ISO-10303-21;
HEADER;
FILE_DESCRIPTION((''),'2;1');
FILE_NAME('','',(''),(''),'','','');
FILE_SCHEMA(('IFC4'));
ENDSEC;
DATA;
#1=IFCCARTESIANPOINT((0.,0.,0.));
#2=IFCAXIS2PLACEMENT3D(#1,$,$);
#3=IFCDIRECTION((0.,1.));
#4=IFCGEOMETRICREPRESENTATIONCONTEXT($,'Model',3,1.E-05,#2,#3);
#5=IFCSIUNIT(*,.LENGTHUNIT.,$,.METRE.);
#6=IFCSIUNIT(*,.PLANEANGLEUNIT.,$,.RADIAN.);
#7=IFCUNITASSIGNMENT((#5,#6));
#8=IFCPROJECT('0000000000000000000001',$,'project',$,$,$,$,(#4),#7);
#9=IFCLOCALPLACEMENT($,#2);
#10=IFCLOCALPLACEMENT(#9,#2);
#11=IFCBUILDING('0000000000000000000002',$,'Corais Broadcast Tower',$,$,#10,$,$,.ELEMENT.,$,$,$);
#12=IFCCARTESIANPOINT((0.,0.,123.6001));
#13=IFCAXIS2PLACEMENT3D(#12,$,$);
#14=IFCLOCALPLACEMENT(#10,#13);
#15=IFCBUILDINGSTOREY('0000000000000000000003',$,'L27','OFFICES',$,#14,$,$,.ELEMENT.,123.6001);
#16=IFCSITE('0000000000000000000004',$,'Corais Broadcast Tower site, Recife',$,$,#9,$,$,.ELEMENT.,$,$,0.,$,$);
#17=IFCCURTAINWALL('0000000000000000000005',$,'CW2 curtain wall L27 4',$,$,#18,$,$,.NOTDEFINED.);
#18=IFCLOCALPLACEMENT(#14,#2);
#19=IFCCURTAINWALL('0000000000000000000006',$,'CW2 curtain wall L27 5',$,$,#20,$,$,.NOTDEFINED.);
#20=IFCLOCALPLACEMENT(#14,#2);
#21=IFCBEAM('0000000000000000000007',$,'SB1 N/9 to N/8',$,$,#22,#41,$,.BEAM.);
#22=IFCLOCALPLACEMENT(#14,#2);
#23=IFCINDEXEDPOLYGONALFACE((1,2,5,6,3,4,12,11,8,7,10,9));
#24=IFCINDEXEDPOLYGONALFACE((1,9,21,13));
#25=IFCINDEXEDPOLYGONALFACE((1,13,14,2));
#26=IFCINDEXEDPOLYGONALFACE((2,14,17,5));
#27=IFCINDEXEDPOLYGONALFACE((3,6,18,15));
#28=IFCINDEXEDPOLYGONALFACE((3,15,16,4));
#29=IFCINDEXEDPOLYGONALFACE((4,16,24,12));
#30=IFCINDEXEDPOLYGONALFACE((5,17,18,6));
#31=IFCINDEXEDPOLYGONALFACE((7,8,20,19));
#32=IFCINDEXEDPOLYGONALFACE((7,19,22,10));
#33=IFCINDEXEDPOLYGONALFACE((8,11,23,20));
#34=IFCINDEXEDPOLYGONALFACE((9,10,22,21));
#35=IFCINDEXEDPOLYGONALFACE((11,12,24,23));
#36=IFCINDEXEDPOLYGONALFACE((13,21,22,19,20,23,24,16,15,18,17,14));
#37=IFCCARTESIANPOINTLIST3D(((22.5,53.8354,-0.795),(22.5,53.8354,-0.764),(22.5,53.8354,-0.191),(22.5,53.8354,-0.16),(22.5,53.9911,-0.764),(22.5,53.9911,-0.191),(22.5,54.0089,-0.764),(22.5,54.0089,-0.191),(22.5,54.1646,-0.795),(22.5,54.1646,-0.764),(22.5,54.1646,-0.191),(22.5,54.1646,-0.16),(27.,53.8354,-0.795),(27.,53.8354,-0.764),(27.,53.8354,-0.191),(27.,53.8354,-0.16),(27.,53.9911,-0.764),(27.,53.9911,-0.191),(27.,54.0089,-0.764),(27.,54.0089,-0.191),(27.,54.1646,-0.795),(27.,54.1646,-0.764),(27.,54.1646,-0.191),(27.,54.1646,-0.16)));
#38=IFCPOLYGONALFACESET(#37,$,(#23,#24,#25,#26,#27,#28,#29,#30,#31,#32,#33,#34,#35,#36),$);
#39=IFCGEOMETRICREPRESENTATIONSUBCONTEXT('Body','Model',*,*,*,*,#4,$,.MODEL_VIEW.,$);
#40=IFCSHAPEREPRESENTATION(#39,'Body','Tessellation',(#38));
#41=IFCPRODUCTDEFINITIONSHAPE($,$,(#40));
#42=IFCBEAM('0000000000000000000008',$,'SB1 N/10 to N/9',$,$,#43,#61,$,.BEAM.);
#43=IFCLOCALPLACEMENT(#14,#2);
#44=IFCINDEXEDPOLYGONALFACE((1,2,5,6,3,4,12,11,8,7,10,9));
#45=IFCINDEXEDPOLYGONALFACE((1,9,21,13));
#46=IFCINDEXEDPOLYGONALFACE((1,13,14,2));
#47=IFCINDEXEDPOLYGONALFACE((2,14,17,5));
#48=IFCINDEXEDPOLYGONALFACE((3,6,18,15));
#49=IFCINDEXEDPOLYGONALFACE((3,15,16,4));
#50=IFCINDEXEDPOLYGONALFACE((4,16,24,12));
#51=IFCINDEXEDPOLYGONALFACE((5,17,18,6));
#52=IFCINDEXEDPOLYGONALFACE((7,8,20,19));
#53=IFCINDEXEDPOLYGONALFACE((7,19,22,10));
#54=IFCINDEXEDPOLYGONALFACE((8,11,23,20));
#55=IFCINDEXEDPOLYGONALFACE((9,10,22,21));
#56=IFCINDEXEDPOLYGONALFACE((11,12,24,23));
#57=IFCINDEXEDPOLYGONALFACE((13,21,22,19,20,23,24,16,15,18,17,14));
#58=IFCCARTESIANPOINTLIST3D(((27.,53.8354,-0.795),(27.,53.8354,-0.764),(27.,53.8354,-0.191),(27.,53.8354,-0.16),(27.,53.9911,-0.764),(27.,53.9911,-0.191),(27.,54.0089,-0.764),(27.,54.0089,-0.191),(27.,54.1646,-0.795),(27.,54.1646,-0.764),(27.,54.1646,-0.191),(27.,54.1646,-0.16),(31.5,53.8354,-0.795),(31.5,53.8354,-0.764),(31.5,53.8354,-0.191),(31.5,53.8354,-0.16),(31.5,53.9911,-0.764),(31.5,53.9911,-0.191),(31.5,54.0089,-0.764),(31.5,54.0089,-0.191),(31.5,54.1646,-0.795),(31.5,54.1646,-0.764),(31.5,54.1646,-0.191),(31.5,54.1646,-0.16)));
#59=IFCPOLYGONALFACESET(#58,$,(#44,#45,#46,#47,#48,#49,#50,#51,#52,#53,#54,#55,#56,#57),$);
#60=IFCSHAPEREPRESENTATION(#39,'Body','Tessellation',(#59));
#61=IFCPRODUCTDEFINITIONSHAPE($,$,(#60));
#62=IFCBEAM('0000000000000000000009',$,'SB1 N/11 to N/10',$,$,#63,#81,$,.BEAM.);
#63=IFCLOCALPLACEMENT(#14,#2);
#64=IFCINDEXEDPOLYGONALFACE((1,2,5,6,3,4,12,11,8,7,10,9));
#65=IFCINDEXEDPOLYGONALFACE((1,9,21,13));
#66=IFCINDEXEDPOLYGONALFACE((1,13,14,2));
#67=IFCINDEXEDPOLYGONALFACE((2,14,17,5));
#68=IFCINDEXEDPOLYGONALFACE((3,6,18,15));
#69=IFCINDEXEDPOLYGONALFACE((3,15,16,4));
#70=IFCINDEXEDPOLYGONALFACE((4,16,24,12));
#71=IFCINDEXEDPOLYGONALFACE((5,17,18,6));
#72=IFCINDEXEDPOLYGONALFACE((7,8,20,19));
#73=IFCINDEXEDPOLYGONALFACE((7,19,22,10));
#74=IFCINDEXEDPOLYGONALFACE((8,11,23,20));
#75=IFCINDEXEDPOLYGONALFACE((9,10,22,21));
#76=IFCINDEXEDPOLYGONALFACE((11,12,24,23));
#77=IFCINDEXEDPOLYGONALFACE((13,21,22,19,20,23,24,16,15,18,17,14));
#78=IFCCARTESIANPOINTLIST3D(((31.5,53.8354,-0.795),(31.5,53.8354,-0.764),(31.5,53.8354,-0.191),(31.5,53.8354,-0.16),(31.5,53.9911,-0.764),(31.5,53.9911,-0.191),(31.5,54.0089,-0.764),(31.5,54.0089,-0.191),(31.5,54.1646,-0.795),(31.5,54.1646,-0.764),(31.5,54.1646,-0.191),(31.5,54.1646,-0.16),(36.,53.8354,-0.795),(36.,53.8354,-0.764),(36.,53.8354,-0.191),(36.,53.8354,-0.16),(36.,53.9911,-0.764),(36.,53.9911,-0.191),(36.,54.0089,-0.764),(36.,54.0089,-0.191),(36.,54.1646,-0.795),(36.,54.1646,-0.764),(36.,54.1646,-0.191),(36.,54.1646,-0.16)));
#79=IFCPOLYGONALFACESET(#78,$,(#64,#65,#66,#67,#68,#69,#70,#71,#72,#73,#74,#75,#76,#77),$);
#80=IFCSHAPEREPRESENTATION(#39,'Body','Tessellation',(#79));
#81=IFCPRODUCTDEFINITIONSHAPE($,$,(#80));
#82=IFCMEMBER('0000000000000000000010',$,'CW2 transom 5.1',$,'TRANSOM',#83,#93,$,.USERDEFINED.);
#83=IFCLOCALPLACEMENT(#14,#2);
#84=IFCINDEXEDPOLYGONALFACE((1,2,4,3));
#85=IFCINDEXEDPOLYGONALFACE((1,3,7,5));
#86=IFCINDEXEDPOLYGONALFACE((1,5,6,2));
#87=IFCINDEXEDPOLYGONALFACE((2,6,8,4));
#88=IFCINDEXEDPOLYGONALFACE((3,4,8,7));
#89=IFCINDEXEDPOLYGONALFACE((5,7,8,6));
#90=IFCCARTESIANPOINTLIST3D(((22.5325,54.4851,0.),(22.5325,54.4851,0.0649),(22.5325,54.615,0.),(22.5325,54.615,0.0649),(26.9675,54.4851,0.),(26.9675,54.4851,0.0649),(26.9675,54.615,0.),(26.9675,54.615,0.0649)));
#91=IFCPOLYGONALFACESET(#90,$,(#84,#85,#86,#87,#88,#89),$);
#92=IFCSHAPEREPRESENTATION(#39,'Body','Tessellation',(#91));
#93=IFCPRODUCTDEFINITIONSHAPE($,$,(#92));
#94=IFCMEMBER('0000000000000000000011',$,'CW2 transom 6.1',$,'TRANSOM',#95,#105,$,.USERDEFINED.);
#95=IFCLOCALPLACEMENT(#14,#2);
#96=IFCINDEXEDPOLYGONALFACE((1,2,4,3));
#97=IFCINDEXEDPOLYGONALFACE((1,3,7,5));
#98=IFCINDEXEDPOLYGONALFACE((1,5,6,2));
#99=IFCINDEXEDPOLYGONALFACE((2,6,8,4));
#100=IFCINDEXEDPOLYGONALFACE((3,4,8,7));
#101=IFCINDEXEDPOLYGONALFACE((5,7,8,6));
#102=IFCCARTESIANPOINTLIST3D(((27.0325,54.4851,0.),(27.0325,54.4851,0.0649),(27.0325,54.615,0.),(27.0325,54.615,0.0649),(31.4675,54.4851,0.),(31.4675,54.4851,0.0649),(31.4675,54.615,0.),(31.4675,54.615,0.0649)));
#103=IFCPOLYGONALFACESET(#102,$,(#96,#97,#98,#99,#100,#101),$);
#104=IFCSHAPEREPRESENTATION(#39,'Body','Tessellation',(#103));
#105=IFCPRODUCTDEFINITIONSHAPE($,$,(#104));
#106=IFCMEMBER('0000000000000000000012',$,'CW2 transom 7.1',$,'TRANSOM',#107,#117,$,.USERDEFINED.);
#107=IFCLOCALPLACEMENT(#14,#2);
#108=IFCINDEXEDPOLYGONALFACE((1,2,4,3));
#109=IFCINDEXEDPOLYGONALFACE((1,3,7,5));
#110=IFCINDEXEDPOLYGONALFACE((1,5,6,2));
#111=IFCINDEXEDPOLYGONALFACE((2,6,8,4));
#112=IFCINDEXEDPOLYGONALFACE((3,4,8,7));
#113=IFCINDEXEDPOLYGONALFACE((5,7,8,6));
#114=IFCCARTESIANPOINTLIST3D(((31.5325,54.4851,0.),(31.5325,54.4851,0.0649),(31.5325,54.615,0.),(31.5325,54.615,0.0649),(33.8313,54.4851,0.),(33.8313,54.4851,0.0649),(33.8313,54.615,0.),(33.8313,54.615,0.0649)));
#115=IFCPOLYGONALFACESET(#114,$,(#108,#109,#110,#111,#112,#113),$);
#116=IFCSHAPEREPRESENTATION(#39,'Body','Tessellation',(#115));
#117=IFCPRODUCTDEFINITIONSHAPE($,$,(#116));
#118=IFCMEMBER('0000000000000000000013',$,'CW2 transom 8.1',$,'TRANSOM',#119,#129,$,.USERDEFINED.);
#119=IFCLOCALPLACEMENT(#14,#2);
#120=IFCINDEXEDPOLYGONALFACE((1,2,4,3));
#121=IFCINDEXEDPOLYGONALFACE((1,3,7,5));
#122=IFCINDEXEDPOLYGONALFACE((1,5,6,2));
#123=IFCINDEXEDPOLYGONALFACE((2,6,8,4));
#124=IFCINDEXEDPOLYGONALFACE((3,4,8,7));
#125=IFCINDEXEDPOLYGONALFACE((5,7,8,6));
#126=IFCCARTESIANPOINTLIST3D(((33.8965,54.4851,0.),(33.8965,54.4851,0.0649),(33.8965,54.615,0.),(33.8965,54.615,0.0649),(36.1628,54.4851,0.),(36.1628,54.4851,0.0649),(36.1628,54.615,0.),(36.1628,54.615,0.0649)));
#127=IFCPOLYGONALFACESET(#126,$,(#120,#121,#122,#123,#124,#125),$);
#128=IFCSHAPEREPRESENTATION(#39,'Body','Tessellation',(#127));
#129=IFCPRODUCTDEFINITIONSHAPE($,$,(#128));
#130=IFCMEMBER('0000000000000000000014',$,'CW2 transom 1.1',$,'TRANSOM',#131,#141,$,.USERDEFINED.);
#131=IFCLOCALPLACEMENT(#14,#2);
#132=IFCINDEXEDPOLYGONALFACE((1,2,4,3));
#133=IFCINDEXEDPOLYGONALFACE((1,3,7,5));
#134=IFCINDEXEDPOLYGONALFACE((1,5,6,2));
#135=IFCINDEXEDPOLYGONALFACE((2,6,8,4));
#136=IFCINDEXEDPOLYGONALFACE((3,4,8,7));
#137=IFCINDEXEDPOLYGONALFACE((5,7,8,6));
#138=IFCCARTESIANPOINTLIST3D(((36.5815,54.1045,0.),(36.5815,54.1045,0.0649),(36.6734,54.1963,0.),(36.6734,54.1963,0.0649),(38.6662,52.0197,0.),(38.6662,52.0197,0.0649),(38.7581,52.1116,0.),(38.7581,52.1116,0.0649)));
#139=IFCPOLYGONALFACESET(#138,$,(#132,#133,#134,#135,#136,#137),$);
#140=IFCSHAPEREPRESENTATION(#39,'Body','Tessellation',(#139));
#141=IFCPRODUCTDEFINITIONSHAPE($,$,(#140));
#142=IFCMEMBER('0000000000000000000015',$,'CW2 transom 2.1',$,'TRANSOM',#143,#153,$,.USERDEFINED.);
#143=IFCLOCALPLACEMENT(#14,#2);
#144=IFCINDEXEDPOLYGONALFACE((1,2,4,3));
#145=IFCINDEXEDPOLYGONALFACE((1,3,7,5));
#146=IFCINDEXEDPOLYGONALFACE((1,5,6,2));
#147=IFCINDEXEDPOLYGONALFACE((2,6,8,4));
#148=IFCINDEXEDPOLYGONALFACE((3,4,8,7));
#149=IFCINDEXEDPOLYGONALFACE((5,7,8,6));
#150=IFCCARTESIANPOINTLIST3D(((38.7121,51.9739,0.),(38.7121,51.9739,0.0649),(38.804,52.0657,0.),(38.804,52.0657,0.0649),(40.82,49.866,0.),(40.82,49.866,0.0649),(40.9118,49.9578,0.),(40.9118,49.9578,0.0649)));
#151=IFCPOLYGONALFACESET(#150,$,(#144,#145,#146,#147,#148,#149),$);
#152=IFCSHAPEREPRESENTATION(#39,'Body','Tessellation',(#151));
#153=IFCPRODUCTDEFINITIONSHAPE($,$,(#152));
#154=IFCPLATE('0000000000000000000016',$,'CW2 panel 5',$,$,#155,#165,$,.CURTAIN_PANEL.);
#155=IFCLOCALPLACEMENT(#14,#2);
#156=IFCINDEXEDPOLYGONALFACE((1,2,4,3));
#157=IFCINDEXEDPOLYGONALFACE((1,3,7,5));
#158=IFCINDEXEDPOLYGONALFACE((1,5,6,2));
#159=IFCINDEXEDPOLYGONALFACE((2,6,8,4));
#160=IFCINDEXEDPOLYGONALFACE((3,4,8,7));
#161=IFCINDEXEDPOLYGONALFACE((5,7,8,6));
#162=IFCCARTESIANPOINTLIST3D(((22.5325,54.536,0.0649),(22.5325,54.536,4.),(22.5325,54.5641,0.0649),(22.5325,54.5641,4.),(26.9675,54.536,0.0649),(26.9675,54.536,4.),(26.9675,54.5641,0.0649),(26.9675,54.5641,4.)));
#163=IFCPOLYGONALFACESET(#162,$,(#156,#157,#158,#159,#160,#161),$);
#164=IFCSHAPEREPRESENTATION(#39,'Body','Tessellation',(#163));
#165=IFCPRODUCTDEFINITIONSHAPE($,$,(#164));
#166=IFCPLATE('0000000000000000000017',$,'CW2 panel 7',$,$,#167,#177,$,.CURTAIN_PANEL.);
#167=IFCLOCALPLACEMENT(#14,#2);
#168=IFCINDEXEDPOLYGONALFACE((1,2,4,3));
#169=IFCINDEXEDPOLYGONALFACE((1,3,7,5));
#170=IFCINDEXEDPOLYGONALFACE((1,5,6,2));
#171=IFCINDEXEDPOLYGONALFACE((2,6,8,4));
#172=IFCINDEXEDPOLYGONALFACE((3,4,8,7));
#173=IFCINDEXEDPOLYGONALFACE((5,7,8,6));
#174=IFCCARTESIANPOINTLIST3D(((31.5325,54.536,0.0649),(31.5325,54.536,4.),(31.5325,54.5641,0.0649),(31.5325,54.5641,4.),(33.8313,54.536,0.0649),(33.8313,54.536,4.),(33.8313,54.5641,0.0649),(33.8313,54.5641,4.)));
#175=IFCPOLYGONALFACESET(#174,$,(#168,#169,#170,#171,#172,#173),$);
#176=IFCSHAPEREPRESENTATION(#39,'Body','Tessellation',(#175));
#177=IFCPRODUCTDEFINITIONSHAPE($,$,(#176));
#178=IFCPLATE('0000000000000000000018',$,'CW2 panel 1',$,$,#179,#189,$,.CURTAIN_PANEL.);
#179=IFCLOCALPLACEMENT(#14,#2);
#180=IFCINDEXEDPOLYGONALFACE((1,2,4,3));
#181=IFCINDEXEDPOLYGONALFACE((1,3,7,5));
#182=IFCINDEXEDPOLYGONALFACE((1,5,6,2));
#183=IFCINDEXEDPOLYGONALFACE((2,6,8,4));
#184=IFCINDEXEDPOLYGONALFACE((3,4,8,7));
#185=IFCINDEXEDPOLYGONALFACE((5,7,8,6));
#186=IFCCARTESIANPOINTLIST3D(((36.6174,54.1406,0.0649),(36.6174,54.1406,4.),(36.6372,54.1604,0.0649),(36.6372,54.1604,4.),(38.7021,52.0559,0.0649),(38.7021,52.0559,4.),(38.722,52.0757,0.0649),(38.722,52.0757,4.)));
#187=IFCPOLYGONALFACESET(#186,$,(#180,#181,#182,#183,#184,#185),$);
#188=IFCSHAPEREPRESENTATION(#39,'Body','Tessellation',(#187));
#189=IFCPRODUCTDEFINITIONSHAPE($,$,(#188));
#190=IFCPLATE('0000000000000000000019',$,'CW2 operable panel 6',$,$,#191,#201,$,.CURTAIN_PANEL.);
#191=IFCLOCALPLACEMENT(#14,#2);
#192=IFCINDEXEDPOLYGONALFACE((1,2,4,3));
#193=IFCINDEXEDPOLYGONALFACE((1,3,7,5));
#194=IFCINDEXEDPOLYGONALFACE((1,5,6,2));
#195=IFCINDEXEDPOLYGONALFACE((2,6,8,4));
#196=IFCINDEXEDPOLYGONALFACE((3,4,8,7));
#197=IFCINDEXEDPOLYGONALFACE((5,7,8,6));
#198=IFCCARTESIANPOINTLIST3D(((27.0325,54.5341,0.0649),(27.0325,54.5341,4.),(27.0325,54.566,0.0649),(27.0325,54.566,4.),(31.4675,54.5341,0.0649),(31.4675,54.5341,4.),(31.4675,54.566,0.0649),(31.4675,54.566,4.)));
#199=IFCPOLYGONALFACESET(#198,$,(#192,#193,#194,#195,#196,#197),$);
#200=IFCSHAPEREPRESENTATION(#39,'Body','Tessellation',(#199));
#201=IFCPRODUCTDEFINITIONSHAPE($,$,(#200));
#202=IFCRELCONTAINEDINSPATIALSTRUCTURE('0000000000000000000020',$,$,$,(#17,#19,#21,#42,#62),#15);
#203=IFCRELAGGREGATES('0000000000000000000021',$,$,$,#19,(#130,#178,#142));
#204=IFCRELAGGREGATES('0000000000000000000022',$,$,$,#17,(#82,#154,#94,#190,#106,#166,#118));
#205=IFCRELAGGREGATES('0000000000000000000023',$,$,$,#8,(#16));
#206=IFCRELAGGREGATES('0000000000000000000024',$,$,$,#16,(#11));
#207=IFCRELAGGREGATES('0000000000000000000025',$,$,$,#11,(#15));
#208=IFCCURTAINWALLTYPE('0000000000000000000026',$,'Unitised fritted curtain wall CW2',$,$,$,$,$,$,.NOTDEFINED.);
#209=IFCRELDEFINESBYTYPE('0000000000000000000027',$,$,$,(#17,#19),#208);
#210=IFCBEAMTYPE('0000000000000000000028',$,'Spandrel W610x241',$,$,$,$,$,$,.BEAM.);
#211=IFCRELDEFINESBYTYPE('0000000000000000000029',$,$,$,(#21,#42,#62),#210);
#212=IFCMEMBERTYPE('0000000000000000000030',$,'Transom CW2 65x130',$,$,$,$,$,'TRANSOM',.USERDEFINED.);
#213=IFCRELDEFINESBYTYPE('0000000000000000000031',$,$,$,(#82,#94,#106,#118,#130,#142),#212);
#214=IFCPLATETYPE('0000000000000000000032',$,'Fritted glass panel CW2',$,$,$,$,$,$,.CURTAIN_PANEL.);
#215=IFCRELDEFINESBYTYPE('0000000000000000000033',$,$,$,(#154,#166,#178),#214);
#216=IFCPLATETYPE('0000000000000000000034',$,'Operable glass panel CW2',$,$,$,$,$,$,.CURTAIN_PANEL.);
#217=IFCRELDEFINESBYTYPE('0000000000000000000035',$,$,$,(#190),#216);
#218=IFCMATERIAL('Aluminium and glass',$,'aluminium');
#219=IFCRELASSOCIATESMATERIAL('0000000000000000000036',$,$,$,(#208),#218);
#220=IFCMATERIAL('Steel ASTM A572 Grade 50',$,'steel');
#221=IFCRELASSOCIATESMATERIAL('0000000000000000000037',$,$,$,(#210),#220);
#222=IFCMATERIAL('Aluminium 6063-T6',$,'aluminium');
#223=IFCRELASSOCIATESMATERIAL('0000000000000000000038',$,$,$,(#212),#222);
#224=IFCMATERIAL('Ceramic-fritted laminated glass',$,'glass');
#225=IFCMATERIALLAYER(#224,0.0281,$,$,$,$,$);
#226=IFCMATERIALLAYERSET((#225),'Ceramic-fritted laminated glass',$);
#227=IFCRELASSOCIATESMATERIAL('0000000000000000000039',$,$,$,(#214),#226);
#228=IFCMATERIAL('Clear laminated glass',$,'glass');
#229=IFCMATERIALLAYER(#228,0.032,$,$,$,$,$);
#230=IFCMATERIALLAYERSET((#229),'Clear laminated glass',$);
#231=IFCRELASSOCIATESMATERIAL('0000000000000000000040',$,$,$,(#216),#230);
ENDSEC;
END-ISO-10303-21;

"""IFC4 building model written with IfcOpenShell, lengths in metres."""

from ifc_helpers import new_model, si_unit, direction, frame, origin, origin_2d, place, context, subcontext, project, spatial, rectangle, i_section, extrude, material, layer, layer_set, material_profile, profile_set, type_object, element, aggregate, save


model = new_model("IFC4")

# Units and contexts
model_context = context("Model", 3, precision=1e-05, world=origin(), true_north=direction((0.0, 1.0)))
body_context = subcontext(model_context, "Body", "Model", "MODEL_VIEW")
ifc_project = project(units=[si_unit("LENGTHUNIT", "METRE"), si_unit("PLANEANGLEUNIT", "RADIAN")], contexts=[model_context])

# Site, building, storey
site_placement = place(None, origin())
site = spatial("IfcSite", under=ifc_project, at=site_placement, Name="Corais Broadcast Tower site, Recife", CompositionType="ELEMENT", RefElevation=0.0)
building_placement = place(site_placement, origin())
building = spatial("IfcBuilding", under=site, at=building_placement, Name="Corais Broadcast Tower", CompositionType="ELEMENT")
storey_placement = place(building_placement, frame((0.0, 0.0, 123.6001)))
storey = spatial("IfcBuildingStorey", under=building, at=storey_placement, Name="L27", Description="OFFICES", CompositionType="ELEMENT", Elevation=123.6001)

# Curtain walls
ifc_material_1 = material(Name="Aluminium and glass", Category="aluminium")
curtain_wall_type = type_object("IfcCurtainWallType", Name="Unitised fritted curtain wall CW2", PredefinedType="NOTDEFINED", material=ifc_material_1)
curtain_wall_1_placement = place(storey_placement, origin())
curtain_wall_1 = element("IfcCurtainWall", 1, at=curtain_wall_1_placement, inside=storey, type_object=curtain_wall_type, Name="CW2 curtain wall L27 4", PredefinedType="NOTDEFINED")
curtain_wall_2_placement = place(storey_placement, origin())
curtain_wall_2 = element("IfcCurtainWall", 2, at=curtain_wall_2_placement, inside=storey, type_object=curtain_wall_type, Name="CW2 curtain wall L27 5", PredefinedType="NOTDEFINED")

# Beams
ifc_material_2 = material(Name="Steel ASTM A572 Grade 50", Category="steel")
ifc_material_profile_1 = material_profile(ifc_material_2, i_section(OverallWidth=0.3291, OverallDepth=0.635, WebThickness=0.0178, FlangeThickness=0.031, at=origin_2d()), Name="W610x241")
ifc_profile_set_1 = profile_set([ifc_material_profile_1], Name="Steel ASTM A572 Grade 50")
beam_type_1 = type_object("IfcBeamType", Name="Spandrel W610x241", PredefinedType="BEAM", material=ifc_profile_set_1)
for number, where, z_axis, x_axis, name in (
    (3, (27.0, 54.0, -0.4775), (-1.0, 0.0, 0.0), (0.0, -1.0, 0.0), "SB1 N/9 to N/8"),
    (4, (31.5, 54.0, -0.4775), (-1.0, 0.0, 0.0), (0.0, -1.0, 0.0), "SB1 N/10 to N/9"),
    (5, (36.0, 54.0, -0.4775), (-1.0, 0.0, 0.0), (0.0, -1.0, 0.0), "SB1 N/11 to N/10"),
):
    element("IfcBeam", number, at=place(storey_placement, frame(where, z_axis=z_axis, x_axis=x_axis)), inside=storey, type_object=beam_type_1, Name=name, PredefinedType="BEAM", context=body_context, shape_type="SweptSolid", body=[
        extrude(i_section(OverallWidth=0.3291, OverallDepth=0.635, WebThickness=0.0178, FlangeThickness=0.031, at=origin_2d()), origin(), (0.0, 0.0, 1.0), 4.5),
    ])

# Members
ifc_material_3 = material(Name="Aluminium 6063-T6", Category="aluminium")
ifc_material_profile_2 = material_profile(ifc_material_3, rectangle(XDim=0.1299, YDim=0.0649, at=origin_2d()), Name="Transom CW2 65x130")
ifc_profile_set_2 = profile_set([ifc_material_profile_2], Name="Aluminium 6063-T6")
member_type_1 = type_object("IfcMemberType", Name="Transom CW2 65x130", ElementType="TRANSOM", PredefinedType="USERDEFINED", material=ifc_profile_set_2)
member_1_placement = place(storey_placement, frame((22.5325, 54.55, 0.0325), z_axis=(1.0, 0.0, 0.0), x_axis=(0.0, 1.0, 0.0)))
member_1 = element("IfcMember", 6, at=member_1_placement, type_object=member_type_1, Name="CW2 transom 5.1", ObjectType="TRANSOM", PredefinedType="USERDEFINED", context=body_context, shape_type="SweptSolid", body=[
    extrude(rectangle(XDim=0.1299, YDim=0.0649, at=origin_2d()), origin(), (0.0, 0.0, 1.0), 4.4351),
])
member_2_placement = place(storey_placement, frame((27.0325, 54.55, 0.0325), z_axis=(1.0, 0.0, 0.0), x_axis=(0.0, 1.0, 0.0)))
member_2 = element("IfcMember", 7, at=member_2_placement, type_object=member_type_1, Name="CW2 transom 6.1", ObjectType="TRANSOM", PredefinedType="USERDEFINED", context=body_context, shape_type="SweptSolid", body=[
    extrude(rectangle(XDim=0.1299, YDim=0.0649, at=origin_2d()), origin(), (0.0, 0.0, 1.0), 4.4351),
])
member_3_placement = place(storey_placement, frame((31.5325, 54.55, 0.0325), z_axis=(1.0, 0.0, 0.0), x_axis=(0.0, 1.0, 0.0)))
member_3 = element("IfcMember", 8, at=member_3_placement, type_object=member_type_1, Name="CW2 transom 7.1", ObjectType="TRANSOM", PredefinedType="USERDEFINED", context=body_context, shape_type="SweptSolid", body=[
    extrude(rectangle(XDim=0.1299, YDim=0.0649, at=origin_2d()), origin(), (0.0, 0.0, 1.0), 2.2988),
])
member_4_placement = place(storey_placement, frame((33.8965, 54.55, 0.0325), z_axis=(1.0, 0.0, 0.0), x_axis=(0.0, 1.0, 0.0)))
member_4 = element("IfcMember", 9, at=member_4_placement, type_object=member_type_1, Name="CW2 transom 8.1", ObjectType="TRANSOM", PredefinedType="USERDEFINED", context=body_context, shape_type="SweptSolid", body=[
    extrude(rectangle(XDim=0.1299, YDim=0.0649, at=origin_2d()), origin(), (0.0, 0.0, 1.0), 2.2664),
])
member_5_placement = place(storey_placement, frame((36.6274, 54.1504, 0.0325), z_axis=(0.707107, -0.707107, 0.0), x_axis=(0.707107, 0.707107, 0.0)))
member_5 = element("IfcMember", 10, at=member_5_placement, type_object=member_type_1, Name="CW2 transom 1.1", ObjectType="TRANSOM", PredefinedType="USERDEFINED", context=body_context, shape_type="SweptSolid", body=[
    extrude(rectangle(XDim=0.1299, YDim=0.0649, at=origin_2d()), origin(), (0.0, 0.0, 1.0), 2.9482),
])
member_6_placement = place(storey_placement, frame((38.7581, 52.0198, 0.0325), z_axis=(0.707107, -0.707107, 0.0), x_axis=(0.707107, 0.707107, 0.0)))
member_6 = element("IfcMember", 11, at=member_6_placement, type_object=member_type_1, Name="CW2 transom 2.1", ObjectType="TRANSOM", PredefinedType="USERDEFINED", context=body_context, shape_type="SweptSolid", body=[
    extrude(rectangle(XDim=0.1299, YDim=0.0649, at=origin_2d()), origin(), (0.0, 0.0, 1.0), 2.981),
])

# Plates
ifc_material_4 = material(Name="Ceramic-fritted laminated glass", Category="glass")
ifc_layer_1 = layer(ifc_material_4, 0.0281)
ifc_layer_set_1 = layer_set([ifc_layer_1], Name="Ceramic-fritted laminated glass")
plate_type_1 = type_object("IfcPlateType", Name="Fritted glass panel CW2", PredefinedType="CURTAIN_PANEL", material=ifc_layer_set_1)
plate_1_placement = place(storey_placement, frame((24.75, 54.55, 0.0649), z_axis=(0.0, 0.0, 1.0), x_axis=(1.0, 0.0, 0.0)))
plate_1 = element("IfcPlate", 12, at=plate_1_placement, type_object=plate_type_1, Name="CW2 panel 5", PredefinedType="CURTAIN_PANEL", context=body_context, shape_type="SweptSolid", body=[
    extrude(rectangle(XDim=4.4351, YDim=0.0281, at=origin_2d()), origin(), (0.0, 0.0, 1.0), 3.9351),
])
plate_2_placement = place(storey_placement, frame((32.6819, 54.55, 0.0649), z_axis=(0.0, 0.0, 1.0), x_axis=(1.0, 0.0, 0.0)))
plate_2 = element("IfcPlate", 13, at=plate_2_placement, type_object=plate_type_1, Name="CW2 panel 7", PredefinedType="CURTAIN_PANEL", context=body_context, shape_type="SweptSolid", body=[
    extrude(rectangle(XDim=2.2988, YDim=0.0281, at=origin_2d()), origin(), (0.0, 0.0, 1.0), 3.9351),
])
plate_3_placement = place(storey_placement, frame((37.6697, 53.1082, 0.0649), z_axis=(0.0, 0.0, 1.0), x_axis=(0.707107, -0.707107, 0.0)))
plate_3 = element("IfcPlate", 14, at=plate_3_placement, type_object=plate_type_1, Name="CW2 panel 1", PredefinedType="CURTAIN_PANEL", context=body_context, shape_type="SweptSolid", body=[
    extrude(rectangle(XDim=2.9482, YDim=0.0281, at=origin_2d()), origin(), (0.0, 0.0, 1.0), 3.9351),
])
aggregate(curtain_wall_2, [member_5, plate_3, member_6])
ifc_material_5 = material(Name="Clear laminated glass", Category="glass")
ifc_layer_2 = layer(ifc_material_5, 0.032)
ifc_layer_set_2 = layer_set([ifc_layer_2], Name="Clear laminated glass")
plate_type_2 = type_object("IfcPlateType", Name="Operable glass panel CW2", PredefinedType="CURTAIN_PANEL", material=ifc_layer_set_2)
plate_4_placement = place(storey_placement, frame((29.25, 54.55, 0.0649), z_axis=(0.0, 0.0, 1.0), x_axis=(1.0, 0.0, 0.0)))
plate_4 = element("IfcPlate", 15, at=plate_4_placement, type_object=plate_type_2, Name="CW2 operable panel 6", PredefinedType="CURTAIN_PANEL", context=body_context, shape_type="SweptSolid", body=[
    extrude(rectangle(XDim=4.4351, YDim=0.032, at=origin_2d()), origin(), (0.0, 0.0, 1.0), 3.9351),
])
aggregate(curtain_wall_1, [member_1, plate_1, member_2, plate_4, member_3, plate_2, member_4])

save(model, "model.ifc")
